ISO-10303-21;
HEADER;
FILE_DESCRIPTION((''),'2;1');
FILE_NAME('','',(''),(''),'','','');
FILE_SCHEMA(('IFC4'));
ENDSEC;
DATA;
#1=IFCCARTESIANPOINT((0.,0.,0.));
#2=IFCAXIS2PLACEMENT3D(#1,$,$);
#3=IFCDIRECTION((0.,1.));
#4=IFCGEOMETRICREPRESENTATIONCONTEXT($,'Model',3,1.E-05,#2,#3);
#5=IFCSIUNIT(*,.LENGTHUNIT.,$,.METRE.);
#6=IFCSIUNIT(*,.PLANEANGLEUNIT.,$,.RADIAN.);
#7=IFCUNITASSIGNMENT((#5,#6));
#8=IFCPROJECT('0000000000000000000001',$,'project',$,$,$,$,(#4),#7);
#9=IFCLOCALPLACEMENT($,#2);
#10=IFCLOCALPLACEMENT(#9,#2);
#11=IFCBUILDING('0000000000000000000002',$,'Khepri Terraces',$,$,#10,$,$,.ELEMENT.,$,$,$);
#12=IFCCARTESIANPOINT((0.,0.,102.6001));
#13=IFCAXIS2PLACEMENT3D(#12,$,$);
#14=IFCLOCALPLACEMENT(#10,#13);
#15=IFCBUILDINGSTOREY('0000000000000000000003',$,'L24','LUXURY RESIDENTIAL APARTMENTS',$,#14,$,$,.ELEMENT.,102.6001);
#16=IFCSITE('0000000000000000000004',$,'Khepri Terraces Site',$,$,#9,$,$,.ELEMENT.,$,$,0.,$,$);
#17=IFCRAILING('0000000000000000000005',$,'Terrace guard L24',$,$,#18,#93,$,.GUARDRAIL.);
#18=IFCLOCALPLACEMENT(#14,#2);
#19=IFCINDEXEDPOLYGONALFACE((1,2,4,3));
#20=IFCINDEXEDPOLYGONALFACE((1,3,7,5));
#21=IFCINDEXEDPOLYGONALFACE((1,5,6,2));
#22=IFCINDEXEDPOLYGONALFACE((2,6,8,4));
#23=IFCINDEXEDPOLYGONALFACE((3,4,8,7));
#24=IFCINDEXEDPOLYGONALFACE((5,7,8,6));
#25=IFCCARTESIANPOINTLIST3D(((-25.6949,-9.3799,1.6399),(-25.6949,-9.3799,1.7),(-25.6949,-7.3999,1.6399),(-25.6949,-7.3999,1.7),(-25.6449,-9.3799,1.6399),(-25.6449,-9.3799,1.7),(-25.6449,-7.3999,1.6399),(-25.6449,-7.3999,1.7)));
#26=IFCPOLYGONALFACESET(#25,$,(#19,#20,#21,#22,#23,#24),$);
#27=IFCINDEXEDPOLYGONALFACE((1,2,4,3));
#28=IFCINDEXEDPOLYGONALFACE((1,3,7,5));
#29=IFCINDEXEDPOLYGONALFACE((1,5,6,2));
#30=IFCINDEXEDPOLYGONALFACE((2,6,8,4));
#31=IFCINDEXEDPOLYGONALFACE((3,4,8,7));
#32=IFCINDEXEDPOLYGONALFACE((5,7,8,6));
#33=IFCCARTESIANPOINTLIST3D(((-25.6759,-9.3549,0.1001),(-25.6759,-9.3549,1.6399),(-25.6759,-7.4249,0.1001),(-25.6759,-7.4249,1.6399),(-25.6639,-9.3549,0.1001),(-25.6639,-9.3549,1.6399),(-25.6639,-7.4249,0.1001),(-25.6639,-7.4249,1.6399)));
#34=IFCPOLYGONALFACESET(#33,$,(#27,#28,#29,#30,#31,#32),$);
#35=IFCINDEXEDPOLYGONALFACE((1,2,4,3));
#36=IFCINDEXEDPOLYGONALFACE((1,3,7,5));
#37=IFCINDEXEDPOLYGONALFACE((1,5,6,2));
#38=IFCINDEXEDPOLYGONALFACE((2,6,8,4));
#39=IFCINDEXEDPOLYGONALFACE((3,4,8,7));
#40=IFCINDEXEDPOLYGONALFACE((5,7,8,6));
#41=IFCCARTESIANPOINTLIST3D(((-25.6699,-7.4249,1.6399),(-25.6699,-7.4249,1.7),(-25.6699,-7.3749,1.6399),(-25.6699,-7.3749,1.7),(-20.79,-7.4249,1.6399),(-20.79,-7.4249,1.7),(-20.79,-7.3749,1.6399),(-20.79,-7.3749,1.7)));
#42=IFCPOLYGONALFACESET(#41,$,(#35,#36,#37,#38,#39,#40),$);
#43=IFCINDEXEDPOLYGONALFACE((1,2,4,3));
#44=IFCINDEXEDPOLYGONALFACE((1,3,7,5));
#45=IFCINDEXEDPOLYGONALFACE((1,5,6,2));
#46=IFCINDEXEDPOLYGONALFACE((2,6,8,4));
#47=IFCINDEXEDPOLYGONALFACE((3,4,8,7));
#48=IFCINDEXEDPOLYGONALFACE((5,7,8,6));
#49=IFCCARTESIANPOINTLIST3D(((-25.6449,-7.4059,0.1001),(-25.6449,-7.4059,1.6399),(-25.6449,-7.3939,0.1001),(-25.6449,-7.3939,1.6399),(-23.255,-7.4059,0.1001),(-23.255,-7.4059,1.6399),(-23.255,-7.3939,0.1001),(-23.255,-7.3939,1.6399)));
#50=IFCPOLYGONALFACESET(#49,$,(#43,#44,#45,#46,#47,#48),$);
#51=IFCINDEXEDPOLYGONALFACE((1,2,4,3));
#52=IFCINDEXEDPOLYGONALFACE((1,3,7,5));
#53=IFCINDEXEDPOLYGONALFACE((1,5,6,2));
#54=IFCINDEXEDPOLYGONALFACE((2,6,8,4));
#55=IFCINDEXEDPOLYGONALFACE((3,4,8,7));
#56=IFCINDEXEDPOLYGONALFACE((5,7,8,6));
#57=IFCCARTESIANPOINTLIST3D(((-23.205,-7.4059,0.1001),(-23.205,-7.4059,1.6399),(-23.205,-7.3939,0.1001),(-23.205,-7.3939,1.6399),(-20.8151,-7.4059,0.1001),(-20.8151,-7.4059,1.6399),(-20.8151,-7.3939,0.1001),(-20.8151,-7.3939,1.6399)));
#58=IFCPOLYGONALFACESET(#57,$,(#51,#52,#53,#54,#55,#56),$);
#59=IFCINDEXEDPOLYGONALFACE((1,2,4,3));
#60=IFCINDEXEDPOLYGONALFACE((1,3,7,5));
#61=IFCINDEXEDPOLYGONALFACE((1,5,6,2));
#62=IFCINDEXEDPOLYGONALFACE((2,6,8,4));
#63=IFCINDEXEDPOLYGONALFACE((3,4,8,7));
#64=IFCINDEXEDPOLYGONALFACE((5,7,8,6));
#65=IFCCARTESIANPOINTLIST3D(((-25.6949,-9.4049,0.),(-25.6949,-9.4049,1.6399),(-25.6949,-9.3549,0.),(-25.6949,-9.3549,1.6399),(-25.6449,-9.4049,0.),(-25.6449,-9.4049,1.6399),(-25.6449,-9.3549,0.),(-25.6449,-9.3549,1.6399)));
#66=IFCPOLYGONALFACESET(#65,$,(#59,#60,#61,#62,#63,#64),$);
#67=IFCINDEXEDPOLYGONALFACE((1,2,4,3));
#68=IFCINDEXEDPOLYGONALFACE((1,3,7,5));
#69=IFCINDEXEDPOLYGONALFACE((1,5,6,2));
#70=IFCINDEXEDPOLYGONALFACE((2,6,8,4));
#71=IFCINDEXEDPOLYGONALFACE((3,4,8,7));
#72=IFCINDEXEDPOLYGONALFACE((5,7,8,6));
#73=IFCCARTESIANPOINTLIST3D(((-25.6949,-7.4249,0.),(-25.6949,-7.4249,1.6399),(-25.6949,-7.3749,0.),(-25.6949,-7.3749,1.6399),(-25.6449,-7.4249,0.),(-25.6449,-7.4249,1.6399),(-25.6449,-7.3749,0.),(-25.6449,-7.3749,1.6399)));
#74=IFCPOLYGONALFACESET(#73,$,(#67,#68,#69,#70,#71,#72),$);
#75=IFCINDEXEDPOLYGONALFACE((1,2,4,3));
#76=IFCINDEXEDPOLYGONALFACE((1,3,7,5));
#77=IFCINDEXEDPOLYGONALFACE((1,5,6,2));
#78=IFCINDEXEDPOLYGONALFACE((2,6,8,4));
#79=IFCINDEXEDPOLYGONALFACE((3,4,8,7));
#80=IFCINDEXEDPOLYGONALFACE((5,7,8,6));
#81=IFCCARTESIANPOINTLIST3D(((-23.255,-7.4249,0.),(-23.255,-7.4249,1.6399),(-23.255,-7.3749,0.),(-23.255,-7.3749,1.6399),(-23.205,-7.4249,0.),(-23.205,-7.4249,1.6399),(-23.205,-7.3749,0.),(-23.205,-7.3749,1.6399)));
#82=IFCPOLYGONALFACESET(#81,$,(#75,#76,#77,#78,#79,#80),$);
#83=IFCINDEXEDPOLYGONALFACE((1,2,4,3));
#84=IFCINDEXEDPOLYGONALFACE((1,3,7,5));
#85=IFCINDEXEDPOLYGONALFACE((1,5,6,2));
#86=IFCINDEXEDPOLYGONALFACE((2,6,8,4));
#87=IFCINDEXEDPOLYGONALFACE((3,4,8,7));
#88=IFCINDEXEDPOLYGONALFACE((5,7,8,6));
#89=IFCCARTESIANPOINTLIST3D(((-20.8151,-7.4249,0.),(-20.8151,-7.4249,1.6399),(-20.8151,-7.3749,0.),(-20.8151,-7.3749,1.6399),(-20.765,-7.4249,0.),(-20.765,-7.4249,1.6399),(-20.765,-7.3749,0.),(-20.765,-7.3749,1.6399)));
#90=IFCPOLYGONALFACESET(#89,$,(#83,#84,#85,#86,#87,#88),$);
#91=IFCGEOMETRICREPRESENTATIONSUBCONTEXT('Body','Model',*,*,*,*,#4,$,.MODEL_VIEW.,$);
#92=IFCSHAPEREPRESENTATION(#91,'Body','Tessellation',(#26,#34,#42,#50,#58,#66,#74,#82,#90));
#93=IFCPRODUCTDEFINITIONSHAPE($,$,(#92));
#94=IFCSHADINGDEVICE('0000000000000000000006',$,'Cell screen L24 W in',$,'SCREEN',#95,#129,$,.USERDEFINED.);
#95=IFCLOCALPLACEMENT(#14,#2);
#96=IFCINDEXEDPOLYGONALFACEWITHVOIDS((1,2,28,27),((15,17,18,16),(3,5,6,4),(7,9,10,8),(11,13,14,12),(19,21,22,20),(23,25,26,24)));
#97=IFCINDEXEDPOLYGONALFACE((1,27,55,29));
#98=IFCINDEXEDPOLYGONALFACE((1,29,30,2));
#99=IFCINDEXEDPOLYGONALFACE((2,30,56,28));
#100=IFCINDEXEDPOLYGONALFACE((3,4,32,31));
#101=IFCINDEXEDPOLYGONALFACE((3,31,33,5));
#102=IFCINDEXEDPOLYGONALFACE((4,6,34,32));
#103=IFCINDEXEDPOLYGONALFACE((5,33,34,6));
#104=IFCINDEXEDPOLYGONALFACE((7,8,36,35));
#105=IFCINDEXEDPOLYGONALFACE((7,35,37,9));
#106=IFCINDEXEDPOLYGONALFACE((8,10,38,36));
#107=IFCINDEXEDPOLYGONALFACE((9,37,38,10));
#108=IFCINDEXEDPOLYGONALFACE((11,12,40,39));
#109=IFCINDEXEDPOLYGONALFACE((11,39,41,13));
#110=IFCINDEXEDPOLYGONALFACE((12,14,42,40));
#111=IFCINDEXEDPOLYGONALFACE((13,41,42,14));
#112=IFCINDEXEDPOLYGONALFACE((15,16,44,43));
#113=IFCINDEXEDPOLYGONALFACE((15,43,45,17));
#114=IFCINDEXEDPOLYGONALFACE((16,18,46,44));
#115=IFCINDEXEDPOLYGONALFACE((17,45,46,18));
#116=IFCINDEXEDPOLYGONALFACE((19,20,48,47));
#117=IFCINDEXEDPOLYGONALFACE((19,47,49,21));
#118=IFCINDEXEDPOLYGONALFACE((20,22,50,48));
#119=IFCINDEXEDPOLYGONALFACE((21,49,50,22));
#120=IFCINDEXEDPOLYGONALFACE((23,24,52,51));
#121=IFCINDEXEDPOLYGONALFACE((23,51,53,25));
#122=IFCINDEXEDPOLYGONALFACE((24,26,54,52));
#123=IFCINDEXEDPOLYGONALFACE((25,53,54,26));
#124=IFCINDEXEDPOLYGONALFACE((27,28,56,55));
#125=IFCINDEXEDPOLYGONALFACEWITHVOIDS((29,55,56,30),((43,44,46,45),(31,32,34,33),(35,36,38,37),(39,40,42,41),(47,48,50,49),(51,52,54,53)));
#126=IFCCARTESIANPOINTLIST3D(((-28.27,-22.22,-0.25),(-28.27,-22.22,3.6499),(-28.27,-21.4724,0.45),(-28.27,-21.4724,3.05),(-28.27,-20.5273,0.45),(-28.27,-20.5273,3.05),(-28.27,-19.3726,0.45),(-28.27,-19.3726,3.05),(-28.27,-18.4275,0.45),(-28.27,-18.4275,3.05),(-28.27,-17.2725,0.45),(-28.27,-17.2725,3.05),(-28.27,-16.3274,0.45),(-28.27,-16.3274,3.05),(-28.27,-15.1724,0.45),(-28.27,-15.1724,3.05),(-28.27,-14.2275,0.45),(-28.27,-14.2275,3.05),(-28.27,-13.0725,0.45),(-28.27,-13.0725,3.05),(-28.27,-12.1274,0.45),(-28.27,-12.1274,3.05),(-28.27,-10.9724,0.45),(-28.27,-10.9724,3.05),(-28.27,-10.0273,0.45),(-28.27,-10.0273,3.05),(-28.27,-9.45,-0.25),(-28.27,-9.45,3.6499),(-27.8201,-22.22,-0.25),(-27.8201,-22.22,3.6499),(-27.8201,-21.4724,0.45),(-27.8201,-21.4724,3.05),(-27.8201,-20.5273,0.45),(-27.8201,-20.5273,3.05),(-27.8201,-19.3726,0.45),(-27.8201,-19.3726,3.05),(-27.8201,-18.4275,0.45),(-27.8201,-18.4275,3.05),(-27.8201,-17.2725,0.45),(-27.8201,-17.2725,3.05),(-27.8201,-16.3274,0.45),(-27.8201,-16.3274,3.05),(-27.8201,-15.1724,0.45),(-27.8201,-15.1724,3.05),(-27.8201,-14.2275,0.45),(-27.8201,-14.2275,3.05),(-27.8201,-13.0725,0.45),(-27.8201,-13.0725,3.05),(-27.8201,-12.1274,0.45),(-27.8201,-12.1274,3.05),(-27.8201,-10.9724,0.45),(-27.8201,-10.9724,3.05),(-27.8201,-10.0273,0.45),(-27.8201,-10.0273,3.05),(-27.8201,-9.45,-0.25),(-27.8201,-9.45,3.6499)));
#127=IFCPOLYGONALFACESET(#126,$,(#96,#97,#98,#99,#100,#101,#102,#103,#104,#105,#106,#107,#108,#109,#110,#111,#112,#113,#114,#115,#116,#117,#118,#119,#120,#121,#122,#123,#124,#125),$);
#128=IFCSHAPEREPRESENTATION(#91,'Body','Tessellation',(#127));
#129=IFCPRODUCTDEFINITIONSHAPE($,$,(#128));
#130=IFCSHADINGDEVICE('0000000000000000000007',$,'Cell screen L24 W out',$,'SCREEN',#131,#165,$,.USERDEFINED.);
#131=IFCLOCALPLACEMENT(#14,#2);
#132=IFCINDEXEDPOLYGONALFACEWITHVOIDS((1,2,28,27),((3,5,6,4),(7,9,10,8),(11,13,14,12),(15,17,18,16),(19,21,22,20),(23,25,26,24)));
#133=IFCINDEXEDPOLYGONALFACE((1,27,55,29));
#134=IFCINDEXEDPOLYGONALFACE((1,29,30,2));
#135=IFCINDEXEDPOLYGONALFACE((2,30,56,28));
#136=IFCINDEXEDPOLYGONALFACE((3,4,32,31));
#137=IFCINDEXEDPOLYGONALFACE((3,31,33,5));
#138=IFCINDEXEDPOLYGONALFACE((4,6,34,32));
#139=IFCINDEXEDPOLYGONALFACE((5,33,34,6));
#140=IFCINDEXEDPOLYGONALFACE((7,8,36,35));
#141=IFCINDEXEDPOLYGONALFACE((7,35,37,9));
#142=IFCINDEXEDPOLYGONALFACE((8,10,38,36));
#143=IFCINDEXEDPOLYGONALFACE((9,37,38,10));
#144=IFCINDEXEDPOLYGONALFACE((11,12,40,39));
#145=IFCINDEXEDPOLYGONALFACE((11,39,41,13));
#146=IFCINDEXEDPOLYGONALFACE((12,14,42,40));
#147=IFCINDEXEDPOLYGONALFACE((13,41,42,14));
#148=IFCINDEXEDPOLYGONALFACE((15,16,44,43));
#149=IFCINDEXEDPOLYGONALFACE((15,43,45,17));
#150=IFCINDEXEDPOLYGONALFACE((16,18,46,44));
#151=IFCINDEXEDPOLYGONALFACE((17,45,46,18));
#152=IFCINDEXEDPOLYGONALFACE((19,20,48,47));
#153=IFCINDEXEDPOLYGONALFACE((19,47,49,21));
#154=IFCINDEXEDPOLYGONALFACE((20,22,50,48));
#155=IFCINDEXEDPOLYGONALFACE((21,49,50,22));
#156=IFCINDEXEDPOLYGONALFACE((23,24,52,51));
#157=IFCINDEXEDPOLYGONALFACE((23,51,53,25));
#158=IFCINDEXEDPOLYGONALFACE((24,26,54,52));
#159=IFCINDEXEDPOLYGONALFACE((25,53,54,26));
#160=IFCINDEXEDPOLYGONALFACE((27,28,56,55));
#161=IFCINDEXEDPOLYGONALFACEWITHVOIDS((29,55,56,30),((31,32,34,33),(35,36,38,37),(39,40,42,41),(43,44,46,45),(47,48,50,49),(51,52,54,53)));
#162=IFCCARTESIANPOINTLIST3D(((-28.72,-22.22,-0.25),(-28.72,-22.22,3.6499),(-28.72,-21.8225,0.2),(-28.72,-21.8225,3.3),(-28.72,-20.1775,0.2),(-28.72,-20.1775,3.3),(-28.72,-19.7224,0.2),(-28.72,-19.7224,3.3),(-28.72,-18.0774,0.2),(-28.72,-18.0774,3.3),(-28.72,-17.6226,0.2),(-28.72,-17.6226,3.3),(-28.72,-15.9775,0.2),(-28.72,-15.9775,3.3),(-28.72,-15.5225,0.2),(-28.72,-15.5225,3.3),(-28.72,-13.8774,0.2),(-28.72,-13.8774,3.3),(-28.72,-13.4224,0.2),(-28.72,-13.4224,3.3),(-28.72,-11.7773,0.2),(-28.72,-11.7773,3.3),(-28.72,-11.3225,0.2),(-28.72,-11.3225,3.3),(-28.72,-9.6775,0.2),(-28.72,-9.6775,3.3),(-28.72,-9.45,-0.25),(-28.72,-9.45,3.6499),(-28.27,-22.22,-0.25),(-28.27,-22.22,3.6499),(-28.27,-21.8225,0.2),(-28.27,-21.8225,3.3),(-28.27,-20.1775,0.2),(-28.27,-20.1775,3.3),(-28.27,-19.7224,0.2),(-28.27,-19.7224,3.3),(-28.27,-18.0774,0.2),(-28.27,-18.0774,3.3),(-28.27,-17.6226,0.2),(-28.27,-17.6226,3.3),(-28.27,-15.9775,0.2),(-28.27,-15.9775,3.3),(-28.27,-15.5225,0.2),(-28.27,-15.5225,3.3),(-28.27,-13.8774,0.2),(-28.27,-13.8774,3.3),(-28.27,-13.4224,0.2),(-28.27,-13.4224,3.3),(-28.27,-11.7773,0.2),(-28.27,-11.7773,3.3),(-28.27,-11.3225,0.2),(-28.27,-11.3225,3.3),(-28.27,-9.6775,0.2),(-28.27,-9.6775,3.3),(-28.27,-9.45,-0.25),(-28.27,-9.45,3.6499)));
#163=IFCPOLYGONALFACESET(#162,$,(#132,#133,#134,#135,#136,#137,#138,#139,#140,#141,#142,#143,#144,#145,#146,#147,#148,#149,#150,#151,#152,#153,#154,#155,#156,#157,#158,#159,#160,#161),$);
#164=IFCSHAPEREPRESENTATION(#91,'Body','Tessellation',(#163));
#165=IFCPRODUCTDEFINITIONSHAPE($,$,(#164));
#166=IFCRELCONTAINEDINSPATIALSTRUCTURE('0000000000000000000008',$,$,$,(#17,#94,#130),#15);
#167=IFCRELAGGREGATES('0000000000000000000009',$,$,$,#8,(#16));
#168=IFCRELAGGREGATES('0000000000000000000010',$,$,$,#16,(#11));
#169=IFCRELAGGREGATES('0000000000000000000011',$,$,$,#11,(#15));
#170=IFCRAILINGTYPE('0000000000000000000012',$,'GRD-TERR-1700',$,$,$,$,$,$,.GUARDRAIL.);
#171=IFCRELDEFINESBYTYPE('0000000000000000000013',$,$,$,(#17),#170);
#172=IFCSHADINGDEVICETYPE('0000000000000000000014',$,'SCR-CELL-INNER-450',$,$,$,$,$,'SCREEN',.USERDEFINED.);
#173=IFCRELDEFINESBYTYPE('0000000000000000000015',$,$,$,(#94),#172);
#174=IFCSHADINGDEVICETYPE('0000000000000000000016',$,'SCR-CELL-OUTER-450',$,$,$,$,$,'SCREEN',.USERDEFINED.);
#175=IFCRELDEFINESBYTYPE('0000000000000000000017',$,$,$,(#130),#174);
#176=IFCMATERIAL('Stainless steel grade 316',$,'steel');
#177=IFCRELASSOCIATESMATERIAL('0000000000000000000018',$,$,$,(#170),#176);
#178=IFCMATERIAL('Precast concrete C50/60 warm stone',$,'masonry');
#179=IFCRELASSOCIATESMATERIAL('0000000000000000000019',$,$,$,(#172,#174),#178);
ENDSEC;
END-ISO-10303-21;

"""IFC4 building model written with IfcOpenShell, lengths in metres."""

from ifc_helpers import new_model, si_unit, direction, frame, origin, origin_2d, place, context, subcontext, project, spatial, polyline, rectangle, outline, extrude, material, type_object, element, save


model = new_model("IFC4")

# Units and contexts
model_context = context("Model", 3, precision=1e-05, world=origin(), true_north=direction((0.0, 1.0)))
body_context = subcontext(model_context, "Body", "Model", "MODEL_VIEW")
ifc_project = project(units=[si_unit("LENGTHUNIT", "METRE"), si_unit("PLANEANGLEUNIT", "RADIAN")], contexts=[model_context])

# Site, building, storey
site_placement = place(None, origin())
site = spatial("IfcSite", under=ifc_project, at=site_placement, Name="Khepri Terraces Site", CompositionType="ELEMENT", RefElevation=0.0)
building_placement = place(site_placement, origin())
building = spatial("IfcBuilding", under=site, at=building_placement, Name="Khepri Terraces", CompositionType="ELEMENT")
storey_placement = place(building_placement, frame((0.0, 0.0, 102.6001)))
storey = spatial("IfcBuildingStorey", under=building, at=storey_placement, Name="L24", Description="LUXURY RESIDENTIAL APARTMENTS", CompositionType="ELEMENT", Elevation=102.6001)

# Shared definitions
ifc_material_1 = material(Name="Precast concrete C50/60 warm stone", Category="masonry")

# Railing
ifc_material_2 = material(Name="Stainless steel grade 316", Category="steel")
railing_type_1 = type_object("IfcRailingType", Name="GRD-TERR-1700", PredefinedType="GUARDRAIL", material=ifc_material_2)
railing_1_placement = place(storey_placement, frame((-25.6699, -9.3799, 0.0)))
element("IfcRailing", 1, at=railing_1_placement, inside=storey, type_object=railing_type_1, Name="Terrace guard L24", PredefinedType="GUARDRAIL", context=body_context, shape_type="SweptSolid", body=[
    extrude(rectangle(XDim=0.05, YDim=0.0601, at=origin_2d()), frame((0.0, 0.0, 1.6699), z_axis=(0.0, 1.0, 0.0), x_axis=(-1.0, 0.0, 0.0)), (0.0, 0.0, 1.0), 1.98),
    extrude(rectangle(XDim=1.9299, YDim=0.012, at=origin_2d()), frame((0.0, 0.99, 0.1001), z_axis=(0.0, 0.0, 1.0), x_axis=(0.0, 1.0, 0.0)), (0.0, 0.0, 1.0), 1.5398),
    extrude(rectangle(XDim=0.05, YDim=0.0601, at=origin_2d()), frame((0.0, 1.98, 1.6699), z_axis=(1.0, 0.0, 0.0), x_axis=(0.0, 1.0, 0.0)), (0.0, 0.0, 1.0), 4.8799),
    extrude(rectangle(XDim=2.3899, YDim=0.012, at=origin_2d()), frame((1.22, 1.98, 0.1001), z_axis=(0.0, 0.0, 1.0), x_axis=(1.0, 0.0, 0.0)), (0.0, 0.0, 1.0), 1.5398),
    extrude(rectangle(XDim=2.3899, YDim=0.012, at=origin_2d()), frame((3.6599, 1.98, 0.1001), z_axis=(0.0, 0.0, 1.0), x_axis=(1.0, 0.0, 0.0)), (0.0, 0.0, 1.0), 1.5398),
    extrude(rectangle(XDim=0.05, YDim=0.05, at=origin_2d()), origin(), (0.0, 0.0, 1.0), 1.6399),
    extrude(rectangle(XDim=0.05, YDim=0.05, at=origin_2d()), frame((0.0, 1.98, 0.0)), (0.0, 0.0, 1.0), 1.6399),
    extrude(rectangle(XDim=0.05, YDim=0.05, at=origin_2d()), frame((2.4399, 1.98, 0.0)), (0.0, 0.0, 1.0), 1.6399),
    extrude(rectangle(XDim=0.05, YDim=0.05, at=origin_2d()), frame((4.8799, 1.98, 0.0)), (0.0, 0.0, 1.0), 1.6399),
])

# Shading devices
shading_device_type_1 = type_object("IfcShadingDeviceType", Name="SCR-CELL-INNER-450", ElementType="SCREEN", PredefinedType="USERDEFINED", material=ifc_material_1)
shading_device_1_placement = place(storey_placement, frame((-27.8201, -9.45, -0.25), z_axis=(-1.0, 0.0, 0.0), x_axis=(0.0, -1.0, 0.0)))
element("IfcShadingDevice", 2, at=shading_device_1_placement, inside=storey, type_object=shading_device_type_1, Name="Cell screen L24 W in", ObjectType="SCREEN", PredefinedType="USERDEFINED", context=body_context, shape_type="SweptSolid", body=[
    extrude(outline(polyline([(0.0, 0.0), (12.77, 0.0), (12.77, 3.8999), (0.0, 3.8999), (0.0, 0.0)]), holes=[polyline([(0.5774, 0.7), (1.5225, 0.7), (1.5225, 3.3), (0.5774, 3.3), (0.5774, 0.7)]), polyline([(2.6775, 0.7), (3.6226, 0.7), (3.6226, 3.3), (2.6775, 3.3), (2.6775, 0.7)]), polyline([(4.7776, 0.7), (5.7224, 0.7), (5.7224, 3.3), (4.7776, 3.3), (4.7776, 0.7)]), polyline([(6.8774, 0.7), (7.8225, 0.7), (7.8225, 3.3), (6.8774, 3.3), (6.8774, 0.7)]), polyline([(8.9775, 0.7), (9.9226, 0.7), (9.9226, 3.3), (8.9775, 3.3), (8.9775, 0.7)]), polyline([(11.0774, 0.7), (12.0225, 0.7), (12.0225, 3.3), (11.0774, 3.3), (11.0774, 0.7)])]), origin(), (0.0, 0.0, 1.0), 0.45),
])
shading_device_type_2 = type_object("IfcShadingDeviceType", Name="SCR-CELL-OUTER-450", ElementType="SCREEN", PredefinedType="USERDEFINED", material=ifc_material_1)
shading_device_2_placement = place(storey_placement, frame((-28.27, -9.45, -0.25), z_axis=(-1.0, 0.0, 0.0), x_axis=(0.0, -1.0, 0.0)))
element("IfcShadingDevice", 3, at=shading_device_2_placement, inside=storey, type_object=shading_device_type_2, Name="Cell screen L24 W out", ObjectType="SCREEN", PredefinedType="USERDEFINED", context=body_context, shape_type="SweptSolid", body=[
    extrude(outline(polyline([(0.0, 0.0), (12.77, 0.0), (12.77, 3.8999), (0.0, 3.8999), (0.0, 0.0)]), holes=[polyline([(0.2275, 0.45), (1.8726, 0.45), (1.8726, 3.55), (0.2275, 3.55), (0.2275, 0.45)]), polyline([(2.3274, 0.45), (3.9724, 0.45), (3.9724, 3.55), (2.3274, 3.55), (2.3274, 0.45)]), polyline([(4.4275, 0.45), (6.0725, 0.45), (6.0725, 3.55), (4.4275, 3.55), (4.4275, 0.45)]), polyline([(6.5276, 0.45), (8.1726, 0.45), (8.1726, 3.55), (6.5276, 3.55), (6.5276, 0.45)]), polyline([(8.6274, 0.45), (10.2725, 0.45), (10.2725, 3.55), (8.6274, 3.55), (8.6274, 0.45)]), polyline([(10.7275, 0.45), (12.3726, 0.45), (12.3726, 3.55), (10.7275, 3.55), (10.7275, 0.45)])]), origin(), (0.0, 0.0, 1.0), 0.45),
])

save(model, "model.ifc")
